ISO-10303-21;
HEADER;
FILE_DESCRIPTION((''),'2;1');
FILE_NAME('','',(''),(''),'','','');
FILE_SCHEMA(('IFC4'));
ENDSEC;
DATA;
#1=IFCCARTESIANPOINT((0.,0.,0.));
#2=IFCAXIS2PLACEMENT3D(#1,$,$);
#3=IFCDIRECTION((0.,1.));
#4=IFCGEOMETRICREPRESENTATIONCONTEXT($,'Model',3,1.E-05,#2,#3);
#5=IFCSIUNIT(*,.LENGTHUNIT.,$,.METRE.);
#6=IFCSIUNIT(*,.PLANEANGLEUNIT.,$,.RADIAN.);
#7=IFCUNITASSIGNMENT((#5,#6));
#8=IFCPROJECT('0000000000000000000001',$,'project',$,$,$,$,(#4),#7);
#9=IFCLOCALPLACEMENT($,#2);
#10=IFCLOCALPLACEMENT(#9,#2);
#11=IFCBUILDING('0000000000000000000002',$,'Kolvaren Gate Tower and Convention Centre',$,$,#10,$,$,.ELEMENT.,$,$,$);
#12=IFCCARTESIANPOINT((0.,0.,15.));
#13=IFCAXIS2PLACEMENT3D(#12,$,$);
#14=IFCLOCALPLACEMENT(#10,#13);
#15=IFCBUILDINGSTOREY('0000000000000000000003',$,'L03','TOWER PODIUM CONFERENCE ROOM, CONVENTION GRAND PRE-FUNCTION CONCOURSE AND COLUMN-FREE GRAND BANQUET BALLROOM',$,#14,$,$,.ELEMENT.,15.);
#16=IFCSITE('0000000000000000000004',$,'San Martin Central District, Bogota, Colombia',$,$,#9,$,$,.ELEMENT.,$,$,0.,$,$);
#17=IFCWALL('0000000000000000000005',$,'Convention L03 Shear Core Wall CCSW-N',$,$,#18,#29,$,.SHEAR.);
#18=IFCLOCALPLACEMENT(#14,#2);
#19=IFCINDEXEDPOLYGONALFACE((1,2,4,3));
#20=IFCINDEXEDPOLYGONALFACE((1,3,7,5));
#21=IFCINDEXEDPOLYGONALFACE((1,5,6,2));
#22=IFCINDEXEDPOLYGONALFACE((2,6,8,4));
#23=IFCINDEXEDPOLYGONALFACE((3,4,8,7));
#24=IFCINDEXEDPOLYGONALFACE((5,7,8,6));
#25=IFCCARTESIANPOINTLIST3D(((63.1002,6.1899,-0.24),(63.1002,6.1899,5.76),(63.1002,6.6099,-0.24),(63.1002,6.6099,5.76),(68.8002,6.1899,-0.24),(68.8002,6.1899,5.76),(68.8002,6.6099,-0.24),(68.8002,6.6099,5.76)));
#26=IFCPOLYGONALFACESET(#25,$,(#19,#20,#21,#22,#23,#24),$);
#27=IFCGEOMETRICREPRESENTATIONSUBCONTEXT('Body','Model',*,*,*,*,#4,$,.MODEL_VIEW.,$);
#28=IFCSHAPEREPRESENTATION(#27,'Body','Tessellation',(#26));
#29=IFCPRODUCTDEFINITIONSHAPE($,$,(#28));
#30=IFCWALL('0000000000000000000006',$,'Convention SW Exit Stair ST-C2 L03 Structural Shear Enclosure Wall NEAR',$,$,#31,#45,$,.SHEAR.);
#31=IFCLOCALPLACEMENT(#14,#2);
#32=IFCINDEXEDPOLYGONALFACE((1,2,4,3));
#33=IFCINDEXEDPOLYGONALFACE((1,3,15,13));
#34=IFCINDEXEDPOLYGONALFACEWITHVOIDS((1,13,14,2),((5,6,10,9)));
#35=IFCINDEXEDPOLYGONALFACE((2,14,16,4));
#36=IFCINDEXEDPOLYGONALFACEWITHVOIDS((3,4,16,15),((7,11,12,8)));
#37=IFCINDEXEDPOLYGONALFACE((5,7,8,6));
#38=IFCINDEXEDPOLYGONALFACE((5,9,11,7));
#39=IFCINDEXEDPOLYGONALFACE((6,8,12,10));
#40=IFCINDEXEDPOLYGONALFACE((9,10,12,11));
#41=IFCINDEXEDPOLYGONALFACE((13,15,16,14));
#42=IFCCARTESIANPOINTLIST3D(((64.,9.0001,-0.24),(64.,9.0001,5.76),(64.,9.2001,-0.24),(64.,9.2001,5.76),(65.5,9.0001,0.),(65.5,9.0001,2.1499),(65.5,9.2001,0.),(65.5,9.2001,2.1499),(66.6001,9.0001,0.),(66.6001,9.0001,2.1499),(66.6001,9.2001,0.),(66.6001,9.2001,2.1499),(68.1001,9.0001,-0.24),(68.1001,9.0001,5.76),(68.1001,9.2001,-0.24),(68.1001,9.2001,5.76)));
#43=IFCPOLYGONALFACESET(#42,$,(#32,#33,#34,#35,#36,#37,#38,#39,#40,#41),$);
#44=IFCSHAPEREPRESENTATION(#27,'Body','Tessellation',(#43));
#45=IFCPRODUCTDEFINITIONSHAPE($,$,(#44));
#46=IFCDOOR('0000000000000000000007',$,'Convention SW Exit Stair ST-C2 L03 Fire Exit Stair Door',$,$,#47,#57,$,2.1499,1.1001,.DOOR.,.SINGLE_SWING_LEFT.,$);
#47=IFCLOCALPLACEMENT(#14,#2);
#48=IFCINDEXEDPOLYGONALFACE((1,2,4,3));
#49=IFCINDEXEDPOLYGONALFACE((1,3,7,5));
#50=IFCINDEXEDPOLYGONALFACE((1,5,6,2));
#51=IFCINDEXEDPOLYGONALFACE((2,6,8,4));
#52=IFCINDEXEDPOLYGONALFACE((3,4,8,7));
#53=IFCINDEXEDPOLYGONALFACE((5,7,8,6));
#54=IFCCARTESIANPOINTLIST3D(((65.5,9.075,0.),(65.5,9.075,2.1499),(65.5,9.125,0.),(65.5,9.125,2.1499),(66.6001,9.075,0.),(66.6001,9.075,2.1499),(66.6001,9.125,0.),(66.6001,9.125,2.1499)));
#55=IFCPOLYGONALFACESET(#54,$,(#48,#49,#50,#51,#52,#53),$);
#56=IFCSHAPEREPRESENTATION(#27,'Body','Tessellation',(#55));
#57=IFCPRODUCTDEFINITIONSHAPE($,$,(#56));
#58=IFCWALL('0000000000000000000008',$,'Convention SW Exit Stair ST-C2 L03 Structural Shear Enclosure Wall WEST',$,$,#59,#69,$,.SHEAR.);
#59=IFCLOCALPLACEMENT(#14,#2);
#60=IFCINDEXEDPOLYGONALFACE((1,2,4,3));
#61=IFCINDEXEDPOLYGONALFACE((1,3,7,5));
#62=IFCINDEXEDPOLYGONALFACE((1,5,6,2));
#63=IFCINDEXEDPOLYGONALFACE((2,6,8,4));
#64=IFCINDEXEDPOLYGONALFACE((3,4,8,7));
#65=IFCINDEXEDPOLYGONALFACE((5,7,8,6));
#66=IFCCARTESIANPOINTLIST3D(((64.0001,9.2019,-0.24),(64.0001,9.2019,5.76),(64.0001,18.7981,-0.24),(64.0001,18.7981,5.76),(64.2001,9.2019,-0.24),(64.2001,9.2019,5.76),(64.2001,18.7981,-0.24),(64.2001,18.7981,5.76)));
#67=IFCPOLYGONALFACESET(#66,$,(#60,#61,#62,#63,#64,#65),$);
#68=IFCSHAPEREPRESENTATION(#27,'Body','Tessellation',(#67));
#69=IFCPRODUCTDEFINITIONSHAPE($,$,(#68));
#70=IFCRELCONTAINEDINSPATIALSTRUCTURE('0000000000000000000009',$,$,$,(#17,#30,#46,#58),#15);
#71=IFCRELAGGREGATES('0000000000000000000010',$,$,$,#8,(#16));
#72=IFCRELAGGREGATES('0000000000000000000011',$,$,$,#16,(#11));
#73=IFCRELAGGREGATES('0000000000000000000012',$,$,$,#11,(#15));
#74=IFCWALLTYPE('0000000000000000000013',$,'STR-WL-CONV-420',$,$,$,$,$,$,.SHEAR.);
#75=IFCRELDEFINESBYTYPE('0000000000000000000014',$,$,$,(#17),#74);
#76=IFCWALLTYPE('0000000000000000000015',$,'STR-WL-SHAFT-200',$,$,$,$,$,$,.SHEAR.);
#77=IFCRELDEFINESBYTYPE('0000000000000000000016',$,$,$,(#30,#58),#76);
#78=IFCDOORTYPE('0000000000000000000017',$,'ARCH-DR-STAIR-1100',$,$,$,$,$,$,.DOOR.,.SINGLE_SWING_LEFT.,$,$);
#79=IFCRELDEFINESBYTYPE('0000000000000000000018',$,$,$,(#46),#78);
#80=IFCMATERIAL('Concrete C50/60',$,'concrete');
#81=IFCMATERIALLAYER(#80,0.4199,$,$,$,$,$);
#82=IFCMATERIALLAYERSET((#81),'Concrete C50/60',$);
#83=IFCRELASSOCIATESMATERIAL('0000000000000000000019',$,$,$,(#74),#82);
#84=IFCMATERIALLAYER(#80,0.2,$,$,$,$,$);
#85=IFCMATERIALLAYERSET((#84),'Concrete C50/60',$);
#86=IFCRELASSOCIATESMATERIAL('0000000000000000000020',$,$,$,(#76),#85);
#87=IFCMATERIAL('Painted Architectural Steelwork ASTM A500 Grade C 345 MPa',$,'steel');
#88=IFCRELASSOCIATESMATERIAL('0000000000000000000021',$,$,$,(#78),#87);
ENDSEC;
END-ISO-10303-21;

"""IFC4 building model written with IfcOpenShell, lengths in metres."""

from ifc_helpers import new_model, si_unit, direction, frame, frame_2d, origin, place, context, subcontext, project, spatial, rectangle, extrude, material, layer, layer_set, type_object, element, fill, save


model = new_model("IFC4")

# Units and contexts
model_context = context("Model", 3, precision=1e-05, world=origin(), true_north=direction((0.0, 1.0)))
body_context = subcontext(model_context, "Body", "Model", "MODEL_VIEW")
ifc_project = project(units=[si_unit("LENGTHUNIT", "METRE"), si_unit("PLANEANGLEUNIT", "RADIAN")], contexts=[model_context])

# Site, building, storey
site_placement = place(None, origin())
site = spatial("IfcSite", under=ifc_project, at=site_placement, Name="San Martin Central District, Bogota, Colombia", CompositionType="ELEMENT", RefElevation=0.0)
building_placement = place(site_placement, origin())
building = spatial("IfcBuilding", under=site, at=building_placement, Name="Kolvaren Gate Tower and Convention Centre", CompositionType="ELEMENT")
storey_placement = place(building_placement, frame((0.0, 0.0, 15.0)))
storey = spatial("IfcBuildingStorey", under=building, at=storey_placement, Name="L03", Description="TOWER PODIUM CONFERENCE ROOM, CONVENTION GRAND PRE-FUNCTION CONCOURSE AND COLUMN-FREE GRAND BANQUET BALLROOM", CompositionType="ELEMENT", Elevation=15.0)

# Wall
ifc_material_1 = material(Name="Concrete C50/60", Category="concrete")
ifc_layer_1 = layer(ifc_material_1, 0.4199)
ifc_layer_set_1 = layer_set([ifc_layer_1], Name="Concrete C50/60")
wall_type_1 = type_object("IfcWallType", Name="STR-WL-CONV-420", PredefinedType="SHEAR", material=ifc_layer_set_1)
wall_1_placement = place(storey_placement, frame((63.1001, 6.3999, -0.24), z_axis=(0.0, 0.0, 1.0), x_axis=(1.0, 0.0, 0.0)))
element("IfcWall", 1, at=wall_1_placement, inside=storey, type_object=wall_type_1, Name="Convention L03 Shear Core Wall CCSW-N", PredefinedType="SHEAR", context=body_context, shape_type="SweptSolid", body=[
    extrude(rectangle(XDim=5.7, YDim=0.4199, at=frame_2d((2.8501, 0.0))), origin(), (0.0, 0.0, 1.0), 6.0),
])

# Wall, opening, door
ifc_layer_2 = layer(ifc_material_1, 0.2)
ifc_layer_set_2 = layer_set([ifc_layer_2], Name="Concrete C50/60")
wall_type_2 = type_object("IfcWallType", Name="STR-WL-SHAFT-200", PredefinedType="SHEAR", material=ifc_layer_set_2)
wall_2_placement = place(storey_placement, frame((64.0, 9.1001, -0.24), z_axis=(0.0, 0.0, 1.0), x_axis=(1.0, 0.0, 0.0)))
wall_2 = element("IfcWall", 2, at=wall_2_placement, inside=storey, type_object=wall_type_2, Name="Convention SW Exit Stair ST-C2 L03 Structural Shear Enclosure Wall NEAR", PredefinedType="SHEAR", context=body_context, shape_type="SweptSolid", body=[
    extrude(rectangle(XDim=4.1001, YDim=0.2, at=frame_2d((2.05, 0.0))), origin(), (0.0, 0.0, 1.0), 6.0),
])
opening_1_placement = place(wall_2_placement, frame((1.5, 0.0, 0.24)))
opening_1 = element("IfcOpeningElement", 3, at=opening_1_placement, cuts=wall_2, PredefinedType="OPENING", context=body_context, shape_type="SweptSolid", body=[
    extrude(rectangle(XDim=1.1001, YDim=2.1499, at=frame_2d((0.55, 1.075))), frame((0.0, 0.1099, 0.0), z_axis=(0.0, -1.0, 0.0), x_axis=(1.0, 0.0, 0.0)), (0.0, 0.0, 1.0), 0.22),
])
ifc_material_2 = material(Name="Painted Architectural Steelwork ASTM A500 Grade C 345 MPa", Category="steel")
door_type = type_object("IfcDoorType", Name="ARCH-DR-STAIR-1100", OperationType="SINGLE_SWING_LEFT", PredefinedType="DOOR", material=ifc_material_2)
door_placement = place(opening_1_placement, origin())
door = element("IfcDoor", 4, at=door_placement, inside=storey, type_object=door_type, Name="Convention SW Exit Stair ST-C2 L03 Fire Exit Stair Door", OperationType="SINGLE_SWING_LEFT", OverallHeight=2.1499, OverallWidth=1.1001, PredefinedType="DOOR", context=body_context, shape_type="SweptSolid", body=[
    extrude(rectangle(XDim=1.1001, YDim=2.1499, at=frame_2d((0.55, 1.075))), frame((0.0, 0.0249, 0.0), z_axis=(0.0, -1.0, 0.0), x_axis=(1.0, 0.0, 0.0)), (0.0, 0.0, 1.0), 0.05),
])
fill(opening_1, door)

# Wall
wall_3_placement = place(storey_placement, frame((64.1001, 9.2019, -0.24), z_axis=(0.0, 0.0, 1.0), x_axis=(0.0, 1.0, 0.0)))
element("IfcWall", 5, at=wall_3_placement, inside=storey, type_object=wall_type_2, Name="Convention SW Exit Stair ST-C2 L03 Structural Shear Enclosure Wall WEST", PredefinedType="SHEAR", context=body_context, shape_type="SweptSolid", body=[
    extrude(rectangle(XDim=9.5962, YDim=0.2, at=frame_2d((4.7981, 0.0))), origin(), (0.0, 0.0, 1.0), 6.0),
])

save(model, "model.ifc")
